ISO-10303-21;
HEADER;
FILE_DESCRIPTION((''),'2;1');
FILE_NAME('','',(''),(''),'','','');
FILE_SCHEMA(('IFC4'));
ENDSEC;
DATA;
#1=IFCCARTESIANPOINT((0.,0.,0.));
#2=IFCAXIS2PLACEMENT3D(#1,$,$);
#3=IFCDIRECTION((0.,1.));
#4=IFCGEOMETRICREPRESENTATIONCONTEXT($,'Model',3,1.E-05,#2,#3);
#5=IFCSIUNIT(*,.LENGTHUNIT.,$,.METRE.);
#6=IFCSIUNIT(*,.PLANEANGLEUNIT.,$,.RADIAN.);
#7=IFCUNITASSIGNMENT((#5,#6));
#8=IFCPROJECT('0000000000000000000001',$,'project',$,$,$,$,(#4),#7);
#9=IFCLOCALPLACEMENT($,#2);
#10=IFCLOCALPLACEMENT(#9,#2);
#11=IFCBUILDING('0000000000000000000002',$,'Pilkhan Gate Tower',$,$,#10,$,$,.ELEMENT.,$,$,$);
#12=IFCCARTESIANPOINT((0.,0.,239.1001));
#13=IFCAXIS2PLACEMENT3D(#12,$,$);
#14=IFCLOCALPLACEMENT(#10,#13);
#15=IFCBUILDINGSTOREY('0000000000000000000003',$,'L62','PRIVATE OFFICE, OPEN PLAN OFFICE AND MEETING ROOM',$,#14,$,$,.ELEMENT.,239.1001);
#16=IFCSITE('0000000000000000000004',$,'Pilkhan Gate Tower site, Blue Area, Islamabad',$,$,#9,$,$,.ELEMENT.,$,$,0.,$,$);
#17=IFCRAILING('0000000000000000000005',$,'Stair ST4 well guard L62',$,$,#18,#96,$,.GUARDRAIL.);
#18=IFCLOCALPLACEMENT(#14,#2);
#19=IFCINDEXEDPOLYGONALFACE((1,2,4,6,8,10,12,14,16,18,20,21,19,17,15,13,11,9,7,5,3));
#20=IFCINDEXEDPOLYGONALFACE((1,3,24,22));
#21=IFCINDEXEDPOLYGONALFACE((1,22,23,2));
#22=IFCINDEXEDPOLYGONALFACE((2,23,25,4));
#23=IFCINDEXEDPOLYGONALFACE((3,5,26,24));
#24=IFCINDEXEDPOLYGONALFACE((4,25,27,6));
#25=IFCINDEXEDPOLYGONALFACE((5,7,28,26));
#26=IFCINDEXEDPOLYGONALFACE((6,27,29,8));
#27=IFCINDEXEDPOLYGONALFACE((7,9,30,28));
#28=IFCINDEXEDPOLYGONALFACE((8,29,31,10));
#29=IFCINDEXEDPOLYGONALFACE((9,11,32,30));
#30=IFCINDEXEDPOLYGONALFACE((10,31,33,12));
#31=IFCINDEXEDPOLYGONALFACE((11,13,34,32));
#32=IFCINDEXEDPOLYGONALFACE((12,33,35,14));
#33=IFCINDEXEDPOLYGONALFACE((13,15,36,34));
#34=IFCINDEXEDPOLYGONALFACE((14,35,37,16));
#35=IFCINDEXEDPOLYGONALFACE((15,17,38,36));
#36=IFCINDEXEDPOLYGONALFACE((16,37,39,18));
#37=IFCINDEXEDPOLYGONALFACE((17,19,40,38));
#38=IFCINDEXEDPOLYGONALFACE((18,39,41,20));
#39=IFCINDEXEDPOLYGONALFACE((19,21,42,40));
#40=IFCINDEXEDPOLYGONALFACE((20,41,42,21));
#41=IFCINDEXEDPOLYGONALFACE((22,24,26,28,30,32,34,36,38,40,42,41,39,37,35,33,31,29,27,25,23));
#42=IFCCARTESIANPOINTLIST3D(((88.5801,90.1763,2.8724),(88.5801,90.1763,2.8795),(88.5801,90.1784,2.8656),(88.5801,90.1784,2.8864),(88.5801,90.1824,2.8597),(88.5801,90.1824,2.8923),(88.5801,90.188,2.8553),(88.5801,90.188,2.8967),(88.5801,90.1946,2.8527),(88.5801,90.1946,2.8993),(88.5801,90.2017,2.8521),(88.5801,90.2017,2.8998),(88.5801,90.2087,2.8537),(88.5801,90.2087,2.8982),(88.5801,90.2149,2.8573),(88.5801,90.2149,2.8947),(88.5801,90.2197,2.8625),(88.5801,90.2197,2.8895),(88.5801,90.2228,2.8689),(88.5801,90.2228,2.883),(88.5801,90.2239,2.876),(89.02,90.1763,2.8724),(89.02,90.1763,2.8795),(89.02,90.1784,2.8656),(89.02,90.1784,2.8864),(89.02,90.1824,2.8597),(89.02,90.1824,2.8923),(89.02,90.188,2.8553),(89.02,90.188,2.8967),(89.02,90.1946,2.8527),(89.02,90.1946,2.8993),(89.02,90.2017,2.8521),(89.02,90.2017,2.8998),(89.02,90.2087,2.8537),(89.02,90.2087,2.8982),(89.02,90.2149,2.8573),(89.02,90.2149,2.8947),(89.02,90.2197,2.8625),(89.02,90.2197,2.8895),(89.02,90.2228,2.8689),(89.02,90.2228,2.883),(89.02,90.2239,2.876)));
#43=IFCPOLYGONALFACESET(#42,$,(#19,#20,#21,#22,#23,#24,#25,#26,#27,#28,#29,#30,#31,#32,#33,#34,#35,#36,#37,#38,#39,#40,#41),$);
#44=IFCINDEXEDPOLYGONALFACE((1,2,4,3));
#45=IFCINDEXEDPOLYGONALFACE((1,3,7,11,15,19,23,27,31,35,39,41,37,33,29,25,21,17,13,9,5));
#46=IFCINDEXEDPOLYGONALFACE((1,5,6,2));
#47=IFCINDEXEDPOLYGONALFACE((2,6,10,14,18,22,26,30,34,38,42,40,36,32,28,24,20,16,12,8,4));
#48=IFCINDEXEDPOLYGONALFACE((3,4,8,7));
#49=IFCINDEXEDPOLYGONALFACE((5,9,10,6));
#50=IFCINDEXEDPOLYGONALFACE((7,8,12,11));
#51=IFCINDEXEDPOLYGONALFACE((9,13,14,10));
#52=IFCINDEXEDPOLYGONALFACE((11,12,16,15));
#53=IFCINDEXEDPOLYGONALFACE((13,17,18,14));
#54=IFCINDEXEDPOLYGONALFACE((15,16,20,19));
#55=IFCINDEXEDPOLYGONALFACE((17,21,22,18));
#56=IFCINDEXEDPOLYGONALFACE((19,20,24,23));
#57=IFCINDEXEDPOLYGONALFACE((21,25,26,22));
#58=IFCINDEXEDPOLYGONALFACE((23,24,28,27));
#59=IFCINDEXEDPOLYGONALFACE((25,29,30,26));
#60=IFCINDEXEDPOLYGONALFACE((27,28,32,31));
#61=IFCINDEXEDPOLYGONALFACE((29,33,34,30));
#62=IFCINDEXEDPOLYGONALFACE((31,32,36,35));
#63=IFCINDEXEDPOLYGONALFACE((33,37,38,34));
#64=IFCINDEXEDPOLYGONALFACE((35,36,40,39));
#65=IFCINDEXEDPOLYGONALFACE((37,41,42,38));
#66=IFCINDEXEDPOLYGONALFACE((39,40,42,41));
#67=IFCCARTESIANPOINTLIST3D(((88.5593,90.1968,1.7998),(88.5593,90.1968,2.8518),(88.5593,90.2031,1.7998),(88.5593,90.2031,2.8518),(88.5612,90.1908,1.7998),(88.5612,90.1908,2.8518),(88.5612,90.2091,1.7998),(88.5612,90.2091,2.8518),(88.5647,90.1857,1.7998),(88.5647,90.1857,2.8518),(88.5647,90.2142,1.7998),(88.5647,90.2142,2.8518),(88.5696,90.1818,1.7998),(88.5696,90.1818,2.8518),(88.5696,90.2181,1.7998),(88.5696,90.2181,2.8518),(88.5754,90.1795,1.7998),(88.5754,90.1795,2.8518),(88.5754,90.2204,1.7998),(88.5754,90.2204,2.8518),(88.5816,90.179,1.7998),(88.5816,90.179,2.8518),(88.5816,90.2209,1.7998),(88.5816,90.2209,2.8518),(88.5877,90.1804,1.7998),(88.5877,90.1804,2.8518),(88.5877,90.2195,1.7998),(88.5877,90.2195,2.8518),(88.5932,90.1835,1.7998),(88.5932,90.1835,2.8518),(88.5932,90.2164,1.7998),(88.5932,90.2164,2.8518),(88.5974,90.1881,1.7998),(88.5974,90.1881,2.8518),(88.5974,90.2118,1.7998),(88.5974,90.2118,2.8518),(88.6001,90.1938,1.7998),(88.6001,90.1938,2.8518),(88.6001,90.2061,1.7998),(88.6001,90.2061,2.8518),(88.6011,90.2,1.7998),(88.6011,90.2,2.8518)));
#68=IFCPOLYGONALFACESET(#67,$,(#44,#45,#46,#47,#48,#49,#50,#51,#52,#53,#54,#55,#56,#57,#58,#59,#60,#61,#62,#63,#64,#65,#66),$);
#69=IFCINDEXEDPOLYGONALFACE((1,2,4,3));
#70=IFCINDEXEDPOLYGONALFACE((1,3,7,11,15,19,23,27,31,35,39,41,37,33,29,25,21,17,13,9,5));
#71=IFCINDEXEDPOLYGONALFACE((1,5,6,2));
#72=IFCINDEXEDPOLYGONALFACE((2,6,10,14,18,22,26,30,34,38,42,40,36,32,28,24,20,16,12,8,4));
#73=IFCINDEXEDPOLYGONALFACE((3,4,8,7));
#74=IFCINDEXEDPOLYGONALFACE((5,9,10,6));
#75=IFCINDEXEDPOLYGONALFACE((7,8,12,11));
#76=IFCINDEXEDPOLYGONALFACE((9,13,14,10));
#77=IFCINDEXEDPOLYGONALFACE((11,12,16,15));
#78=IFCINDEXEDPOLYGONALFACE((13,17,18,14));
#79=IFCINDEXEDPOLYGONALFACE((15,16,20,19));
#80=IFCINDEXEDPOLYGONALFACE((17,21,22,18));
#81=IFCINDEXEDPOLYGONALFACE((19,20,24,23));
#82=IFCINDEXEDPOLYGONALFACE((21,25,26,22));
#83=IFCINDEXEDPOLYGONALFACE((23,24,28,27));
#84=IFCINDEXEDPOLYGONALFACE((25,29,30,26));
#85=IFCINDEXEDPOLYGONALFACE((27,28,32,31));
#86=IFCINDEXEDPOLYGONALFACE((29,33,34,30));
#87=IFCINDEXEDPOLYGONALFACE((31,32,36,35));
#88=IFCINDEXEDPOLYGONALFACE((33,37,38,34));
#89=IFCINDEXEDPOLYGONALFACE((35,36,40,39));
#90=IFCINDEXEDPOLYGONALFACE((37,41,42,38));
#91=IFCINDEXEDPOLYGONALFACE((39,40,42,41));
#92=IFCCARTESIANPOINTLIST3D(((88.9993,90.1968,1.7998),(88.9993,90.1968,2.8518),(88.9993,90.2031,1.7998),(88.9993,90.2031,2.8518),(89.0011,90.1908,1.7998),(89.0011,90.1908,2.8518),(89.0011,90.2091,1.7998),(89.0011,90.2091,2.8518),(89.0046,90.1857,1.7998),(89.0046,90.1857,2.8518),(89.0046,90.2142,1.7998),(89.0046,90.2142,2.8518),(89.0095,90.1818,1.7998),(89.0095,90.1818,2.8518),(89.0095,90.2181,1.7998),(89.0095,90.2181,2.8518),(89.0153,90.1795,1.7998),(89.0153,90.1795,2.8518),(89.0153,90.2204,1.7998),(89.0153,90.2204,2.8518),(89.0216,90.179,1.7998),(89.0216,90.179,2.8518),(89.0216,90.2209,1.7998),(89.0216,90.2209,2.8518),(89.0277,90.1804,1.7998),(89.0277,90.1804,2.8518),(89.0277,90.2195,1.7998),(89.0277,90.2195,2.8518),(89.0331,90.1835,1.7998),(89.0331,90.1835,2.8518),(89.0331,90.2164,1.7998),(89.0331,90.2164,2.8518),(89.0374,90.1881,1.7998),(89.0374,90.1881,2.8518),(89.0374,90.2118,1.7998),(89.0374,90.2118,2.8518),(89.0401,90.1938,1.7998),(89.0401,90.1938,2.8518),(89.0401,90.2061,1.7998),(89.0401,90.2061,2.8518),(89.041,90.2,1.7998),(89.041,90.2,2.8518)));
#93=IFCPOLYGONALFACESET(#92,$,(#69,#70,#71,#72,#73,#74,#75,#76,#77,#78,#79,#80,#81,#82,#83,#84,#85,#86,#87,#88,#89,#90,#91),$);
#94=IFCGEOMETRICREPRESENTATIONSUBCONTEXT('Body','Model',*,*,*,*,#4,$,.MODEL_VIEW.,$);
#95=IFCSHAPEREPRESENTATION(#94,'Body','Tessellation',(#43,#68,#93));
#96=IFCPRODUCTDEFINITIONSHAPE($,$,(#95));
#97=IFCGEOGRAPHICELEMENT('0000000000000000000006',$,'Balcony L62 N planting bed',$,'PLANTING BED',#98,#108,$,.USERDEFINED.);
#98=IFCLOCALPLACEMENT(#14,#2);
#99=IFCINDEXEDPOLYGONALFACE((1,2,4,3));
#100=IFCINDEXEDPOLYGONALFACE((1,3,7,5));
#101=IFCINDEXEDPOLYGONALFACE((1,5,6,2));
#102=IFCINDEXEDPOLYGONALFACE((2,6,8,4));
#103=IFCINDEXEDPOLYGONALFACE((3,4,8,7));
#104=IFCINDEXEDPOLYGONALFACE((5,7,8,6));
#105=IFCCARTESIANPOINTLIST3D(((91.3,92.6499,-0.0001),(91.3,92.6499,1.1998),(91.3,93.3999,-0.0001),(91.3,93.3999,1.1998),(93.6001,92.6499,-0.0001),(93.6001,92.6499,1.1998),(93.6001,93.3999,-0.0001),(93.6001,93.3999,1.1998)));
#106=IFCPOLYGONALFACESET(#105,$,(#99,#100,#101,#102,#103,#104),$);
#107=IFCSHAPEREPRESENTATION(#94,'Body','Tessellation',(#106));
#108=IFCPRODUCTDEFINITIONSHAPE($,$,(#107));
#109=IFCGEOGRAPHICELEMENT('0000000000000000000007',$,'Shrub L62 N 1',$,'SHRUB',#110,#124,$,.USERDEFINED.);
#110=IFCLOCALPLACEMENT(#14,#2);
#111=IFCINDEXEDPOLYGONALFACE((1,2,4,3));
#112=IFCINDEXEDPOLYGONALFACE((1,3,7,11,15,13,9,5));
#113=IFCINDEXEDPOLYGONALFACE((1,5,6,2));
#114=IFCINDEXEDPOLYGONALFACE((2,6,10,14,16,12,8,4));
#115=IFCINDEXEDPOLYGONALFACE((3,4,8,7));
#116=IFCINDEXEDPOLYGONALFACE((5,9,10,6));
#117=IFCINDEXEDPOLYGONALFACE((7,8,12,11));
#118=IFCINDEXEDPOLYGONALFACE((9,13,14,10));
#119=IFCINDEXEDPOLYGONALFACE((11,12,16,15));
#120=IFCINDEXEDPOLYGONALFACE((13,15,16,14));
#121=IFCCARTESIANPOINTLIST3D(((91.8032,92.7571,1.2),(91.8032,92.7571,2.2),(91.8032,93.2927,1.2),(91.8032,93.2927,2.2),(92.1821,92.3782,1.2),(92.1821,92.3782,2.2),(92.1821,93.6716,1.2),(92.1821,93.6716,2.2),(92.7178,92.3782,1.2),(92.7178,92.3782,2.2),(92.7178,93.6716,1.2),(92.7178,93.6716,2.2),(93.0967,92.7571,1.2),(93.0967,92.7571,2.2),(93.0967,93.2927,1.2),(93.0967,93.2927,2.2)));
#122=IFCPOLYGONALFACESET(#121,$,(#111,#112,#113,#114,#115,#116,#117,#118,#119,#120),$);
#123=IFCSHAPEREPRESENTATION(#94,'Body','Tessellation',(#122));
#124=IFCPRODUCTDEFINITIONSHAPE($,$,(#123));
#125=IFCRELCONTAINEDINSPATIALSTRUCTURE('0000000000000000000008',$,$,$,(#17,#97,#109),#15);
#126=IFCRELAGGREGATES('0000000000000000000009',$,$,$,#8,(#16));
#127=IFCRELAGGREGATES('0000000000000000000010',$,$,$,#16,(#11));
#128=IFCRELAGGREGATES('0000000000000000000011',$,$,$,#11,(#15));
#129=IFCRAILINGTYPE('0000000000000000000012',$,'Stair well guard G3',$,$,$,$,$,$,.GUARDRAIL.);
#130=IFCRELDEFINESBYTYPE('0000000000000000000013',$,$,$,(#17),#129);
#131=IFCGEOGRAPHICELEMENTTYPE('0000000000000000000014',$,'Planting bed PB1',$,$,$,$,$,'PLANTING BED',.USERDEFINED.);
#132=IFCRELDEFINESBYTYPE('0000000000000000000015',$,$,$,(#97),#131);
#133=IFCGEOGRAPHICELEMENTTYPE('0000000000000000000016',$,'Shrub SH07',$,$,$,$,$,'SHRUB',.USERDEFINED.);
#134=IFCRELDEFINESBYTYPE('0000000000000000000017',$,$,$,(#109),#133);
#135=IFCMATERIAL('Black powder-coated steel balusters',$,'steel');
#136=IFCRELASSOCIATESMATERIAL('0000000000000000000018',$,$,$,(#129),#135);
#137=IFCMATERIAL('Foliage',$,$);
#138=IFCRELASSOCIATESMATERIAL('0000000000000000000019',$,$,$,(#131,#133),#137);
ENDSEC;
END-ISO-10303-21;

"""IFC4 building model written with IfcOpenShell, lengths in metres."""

from ifc_helpers import new_model, si_unit, direction, frame, origin, origin_2d, place, context, subcontext, project, spatial, polyline, rectangle, circle, outline, extrude, material, material_profile, profile_set, type_object, element, save


model = new_model("IFC4")

# Units and contexts
model_context = context("Model", 3, precision=1e-05, world=origin(), true_north=direction((0.0, 1.0)))
body_context = subcontext(model_context, "Body", "Model", "MODEL_VIEW")
ifc_project = project(units=[si_unit("LENGTHUNIT", "METRE"), si_unit("PLANEANGLEUNIT", "RADIAN")], contexts=[model_context])

# Site, building, storey
site_placement = place(None, origin())
site = spatial("IfcSite", under=ifc_project, at=site_placement, Name="Pilkhan Gate Tower site, Blue Area, Islamabad", CompositionType="ELEMENT", RefElevation=0.0)
building_placement = place(site_placement, origin())
building = spatial("IfcBuilding", under=site, at=building_placement, Name="Pilkhan Gate Tower", CompositionType="ELEMENT")
storey_placement = place(building_placement, frame((0.0, 0.0, 239.1001)))
storey = spatial("IfcBuildingStorey", under=building, at=storey_placement, Name="L62", Description="PRIVATE OFFICE, OPEN PLAN OFFICE AND MEETING ROOM", CompositionType="ELEMENT", Elevation=239.1001)

# Railing
ifc_material_1 = material(Name="Black powder-coated steel balusters", Category="steel")
railing_type_1 = type_object("IfcRailingType", Name="Stair well guard G3", PredefinedType="GUARDRAIL", material=ifc_material_1)
railing_1_placement = place(storey_placement, frame((88.5801, 90.2, 1.7998)))
element("IfcRailing", 1, at=railing_1_placement, inside=storey, type_object=railing_type_1, Name="Stair ST4 well guard L62", PredefinedType="GUARDRAIL", context=body_context, shape_type="SweptSolid", body=[
    extrude(circle(Radius=0.0239, at=origin_2d()), frame((0.0, 0.0, 1.0762), z_axis=(1.0, 0.0, 0.0), x_axis=(0.0, 1.0, 0.0)), (0.0, 0.0, 1.0), 0.4399),
    extrude(circle(Radius=0.021, at=origin_2d()), origin(), (0.0, 0.0, 1.0), 1.052),
    extrude(circle(Radius=0.021, at=origin_2d()), frame((0.4399, 0.0, 0.0)), (0.0, 0.0, 1.0), 1.052),
])

# Geographic elements
ifc_material_2 = material(Name="Foliage")
ifc_material_profile_1 = material_profile(ifc_material_2, rectangle(XDim=0.75, YDim=1.2, at=origin_2d()), Name="Bed 750x1200")
ifc_profile_set_1 = profile_set([ifc_material_profile_1], Name="Foliage")
geographic_element_type_1 = type_object("IfcGeographicElementType", Name="Planting bed PB1", ElementType="PLANTING BED", PredefinedType="USERDEFINED", material=ifc_profile_set_1)
geographic_element_1_placement = place(storey_placement, frame((91.3, 93.0249, 0.5999), z_axis=(1.0, 0.0, 0.0), x_axis=(0.0, 1.0, 0.0)))
element("IfcGeographicElement", 2, at=geographic_element_1_placement, inside=storey, type_object=geographic_element_type_1, Name="Balcony L62 N planting bed", ObjectType="PLANTING BED", PredefinedType="USERDEFINED", context=body_context, shape_type="SweptSolid", body=[
    extrude(rectangle(XDim=0.75, YDim=1.2, at=origin_2d()), origin(), (0.0, 0.0, 1.0), 2.3),
])
ifc_material_profile_2 = material_profile(ifc_material_2, outline(polyline([(0.6467, 0.2678), (0.2678, 0.6467), (-0.2678, 0.6467), (-0.6467, 0.2678), (-0.6467, -0.2678), (-0.2678, -0.6467), (0.2678, -0.6467), (0.6467, -0.2678), (0.6467, 0.2678)])), Name="Shrub D1.4")
ifc_profile_set_2 = profile_set([ifc_material_profile_2], Name="Foliage")
geographic_element_type_2 = type_object("IfcGeographicElementType", Name="Shrub SH07", ElementType="SHRUB", PredefinedType="USERDEFINED", material=ifc_profile_set_2)
geographic_element_2_placement = place(storey_placement, frame((92.45, 93.0249, 1.2), z_axis=(0.0, 0.0, 1.0), x_axis=(1.0, 0.0, 0.0)))
element("IfcGeographicElement", 3, at=geographic_element_2_placement, inside=storey, type_object=geographic_element_type_2, Name="Shrub L62 N 1", ObjectType="SHRUB", PredefinedType="USERDEFINED", context=body_context, shape_type="SweptSolid", body=[
    extrude(outline(polyline([(0.6467, 0.2678), (0.2678, 0.6467), (-0.2678, 0.6467), (-0.6467, 0.2678), (-0.6467, -0.2678), (-0.2678, -0.6467), (0.2678, -0.6467), (0.6467, -0.2678), (0.6467, 0.2678)])), origin(), (0.0, 0.0, 1.0), 1.0),
])

save(model, "model.ifc")
